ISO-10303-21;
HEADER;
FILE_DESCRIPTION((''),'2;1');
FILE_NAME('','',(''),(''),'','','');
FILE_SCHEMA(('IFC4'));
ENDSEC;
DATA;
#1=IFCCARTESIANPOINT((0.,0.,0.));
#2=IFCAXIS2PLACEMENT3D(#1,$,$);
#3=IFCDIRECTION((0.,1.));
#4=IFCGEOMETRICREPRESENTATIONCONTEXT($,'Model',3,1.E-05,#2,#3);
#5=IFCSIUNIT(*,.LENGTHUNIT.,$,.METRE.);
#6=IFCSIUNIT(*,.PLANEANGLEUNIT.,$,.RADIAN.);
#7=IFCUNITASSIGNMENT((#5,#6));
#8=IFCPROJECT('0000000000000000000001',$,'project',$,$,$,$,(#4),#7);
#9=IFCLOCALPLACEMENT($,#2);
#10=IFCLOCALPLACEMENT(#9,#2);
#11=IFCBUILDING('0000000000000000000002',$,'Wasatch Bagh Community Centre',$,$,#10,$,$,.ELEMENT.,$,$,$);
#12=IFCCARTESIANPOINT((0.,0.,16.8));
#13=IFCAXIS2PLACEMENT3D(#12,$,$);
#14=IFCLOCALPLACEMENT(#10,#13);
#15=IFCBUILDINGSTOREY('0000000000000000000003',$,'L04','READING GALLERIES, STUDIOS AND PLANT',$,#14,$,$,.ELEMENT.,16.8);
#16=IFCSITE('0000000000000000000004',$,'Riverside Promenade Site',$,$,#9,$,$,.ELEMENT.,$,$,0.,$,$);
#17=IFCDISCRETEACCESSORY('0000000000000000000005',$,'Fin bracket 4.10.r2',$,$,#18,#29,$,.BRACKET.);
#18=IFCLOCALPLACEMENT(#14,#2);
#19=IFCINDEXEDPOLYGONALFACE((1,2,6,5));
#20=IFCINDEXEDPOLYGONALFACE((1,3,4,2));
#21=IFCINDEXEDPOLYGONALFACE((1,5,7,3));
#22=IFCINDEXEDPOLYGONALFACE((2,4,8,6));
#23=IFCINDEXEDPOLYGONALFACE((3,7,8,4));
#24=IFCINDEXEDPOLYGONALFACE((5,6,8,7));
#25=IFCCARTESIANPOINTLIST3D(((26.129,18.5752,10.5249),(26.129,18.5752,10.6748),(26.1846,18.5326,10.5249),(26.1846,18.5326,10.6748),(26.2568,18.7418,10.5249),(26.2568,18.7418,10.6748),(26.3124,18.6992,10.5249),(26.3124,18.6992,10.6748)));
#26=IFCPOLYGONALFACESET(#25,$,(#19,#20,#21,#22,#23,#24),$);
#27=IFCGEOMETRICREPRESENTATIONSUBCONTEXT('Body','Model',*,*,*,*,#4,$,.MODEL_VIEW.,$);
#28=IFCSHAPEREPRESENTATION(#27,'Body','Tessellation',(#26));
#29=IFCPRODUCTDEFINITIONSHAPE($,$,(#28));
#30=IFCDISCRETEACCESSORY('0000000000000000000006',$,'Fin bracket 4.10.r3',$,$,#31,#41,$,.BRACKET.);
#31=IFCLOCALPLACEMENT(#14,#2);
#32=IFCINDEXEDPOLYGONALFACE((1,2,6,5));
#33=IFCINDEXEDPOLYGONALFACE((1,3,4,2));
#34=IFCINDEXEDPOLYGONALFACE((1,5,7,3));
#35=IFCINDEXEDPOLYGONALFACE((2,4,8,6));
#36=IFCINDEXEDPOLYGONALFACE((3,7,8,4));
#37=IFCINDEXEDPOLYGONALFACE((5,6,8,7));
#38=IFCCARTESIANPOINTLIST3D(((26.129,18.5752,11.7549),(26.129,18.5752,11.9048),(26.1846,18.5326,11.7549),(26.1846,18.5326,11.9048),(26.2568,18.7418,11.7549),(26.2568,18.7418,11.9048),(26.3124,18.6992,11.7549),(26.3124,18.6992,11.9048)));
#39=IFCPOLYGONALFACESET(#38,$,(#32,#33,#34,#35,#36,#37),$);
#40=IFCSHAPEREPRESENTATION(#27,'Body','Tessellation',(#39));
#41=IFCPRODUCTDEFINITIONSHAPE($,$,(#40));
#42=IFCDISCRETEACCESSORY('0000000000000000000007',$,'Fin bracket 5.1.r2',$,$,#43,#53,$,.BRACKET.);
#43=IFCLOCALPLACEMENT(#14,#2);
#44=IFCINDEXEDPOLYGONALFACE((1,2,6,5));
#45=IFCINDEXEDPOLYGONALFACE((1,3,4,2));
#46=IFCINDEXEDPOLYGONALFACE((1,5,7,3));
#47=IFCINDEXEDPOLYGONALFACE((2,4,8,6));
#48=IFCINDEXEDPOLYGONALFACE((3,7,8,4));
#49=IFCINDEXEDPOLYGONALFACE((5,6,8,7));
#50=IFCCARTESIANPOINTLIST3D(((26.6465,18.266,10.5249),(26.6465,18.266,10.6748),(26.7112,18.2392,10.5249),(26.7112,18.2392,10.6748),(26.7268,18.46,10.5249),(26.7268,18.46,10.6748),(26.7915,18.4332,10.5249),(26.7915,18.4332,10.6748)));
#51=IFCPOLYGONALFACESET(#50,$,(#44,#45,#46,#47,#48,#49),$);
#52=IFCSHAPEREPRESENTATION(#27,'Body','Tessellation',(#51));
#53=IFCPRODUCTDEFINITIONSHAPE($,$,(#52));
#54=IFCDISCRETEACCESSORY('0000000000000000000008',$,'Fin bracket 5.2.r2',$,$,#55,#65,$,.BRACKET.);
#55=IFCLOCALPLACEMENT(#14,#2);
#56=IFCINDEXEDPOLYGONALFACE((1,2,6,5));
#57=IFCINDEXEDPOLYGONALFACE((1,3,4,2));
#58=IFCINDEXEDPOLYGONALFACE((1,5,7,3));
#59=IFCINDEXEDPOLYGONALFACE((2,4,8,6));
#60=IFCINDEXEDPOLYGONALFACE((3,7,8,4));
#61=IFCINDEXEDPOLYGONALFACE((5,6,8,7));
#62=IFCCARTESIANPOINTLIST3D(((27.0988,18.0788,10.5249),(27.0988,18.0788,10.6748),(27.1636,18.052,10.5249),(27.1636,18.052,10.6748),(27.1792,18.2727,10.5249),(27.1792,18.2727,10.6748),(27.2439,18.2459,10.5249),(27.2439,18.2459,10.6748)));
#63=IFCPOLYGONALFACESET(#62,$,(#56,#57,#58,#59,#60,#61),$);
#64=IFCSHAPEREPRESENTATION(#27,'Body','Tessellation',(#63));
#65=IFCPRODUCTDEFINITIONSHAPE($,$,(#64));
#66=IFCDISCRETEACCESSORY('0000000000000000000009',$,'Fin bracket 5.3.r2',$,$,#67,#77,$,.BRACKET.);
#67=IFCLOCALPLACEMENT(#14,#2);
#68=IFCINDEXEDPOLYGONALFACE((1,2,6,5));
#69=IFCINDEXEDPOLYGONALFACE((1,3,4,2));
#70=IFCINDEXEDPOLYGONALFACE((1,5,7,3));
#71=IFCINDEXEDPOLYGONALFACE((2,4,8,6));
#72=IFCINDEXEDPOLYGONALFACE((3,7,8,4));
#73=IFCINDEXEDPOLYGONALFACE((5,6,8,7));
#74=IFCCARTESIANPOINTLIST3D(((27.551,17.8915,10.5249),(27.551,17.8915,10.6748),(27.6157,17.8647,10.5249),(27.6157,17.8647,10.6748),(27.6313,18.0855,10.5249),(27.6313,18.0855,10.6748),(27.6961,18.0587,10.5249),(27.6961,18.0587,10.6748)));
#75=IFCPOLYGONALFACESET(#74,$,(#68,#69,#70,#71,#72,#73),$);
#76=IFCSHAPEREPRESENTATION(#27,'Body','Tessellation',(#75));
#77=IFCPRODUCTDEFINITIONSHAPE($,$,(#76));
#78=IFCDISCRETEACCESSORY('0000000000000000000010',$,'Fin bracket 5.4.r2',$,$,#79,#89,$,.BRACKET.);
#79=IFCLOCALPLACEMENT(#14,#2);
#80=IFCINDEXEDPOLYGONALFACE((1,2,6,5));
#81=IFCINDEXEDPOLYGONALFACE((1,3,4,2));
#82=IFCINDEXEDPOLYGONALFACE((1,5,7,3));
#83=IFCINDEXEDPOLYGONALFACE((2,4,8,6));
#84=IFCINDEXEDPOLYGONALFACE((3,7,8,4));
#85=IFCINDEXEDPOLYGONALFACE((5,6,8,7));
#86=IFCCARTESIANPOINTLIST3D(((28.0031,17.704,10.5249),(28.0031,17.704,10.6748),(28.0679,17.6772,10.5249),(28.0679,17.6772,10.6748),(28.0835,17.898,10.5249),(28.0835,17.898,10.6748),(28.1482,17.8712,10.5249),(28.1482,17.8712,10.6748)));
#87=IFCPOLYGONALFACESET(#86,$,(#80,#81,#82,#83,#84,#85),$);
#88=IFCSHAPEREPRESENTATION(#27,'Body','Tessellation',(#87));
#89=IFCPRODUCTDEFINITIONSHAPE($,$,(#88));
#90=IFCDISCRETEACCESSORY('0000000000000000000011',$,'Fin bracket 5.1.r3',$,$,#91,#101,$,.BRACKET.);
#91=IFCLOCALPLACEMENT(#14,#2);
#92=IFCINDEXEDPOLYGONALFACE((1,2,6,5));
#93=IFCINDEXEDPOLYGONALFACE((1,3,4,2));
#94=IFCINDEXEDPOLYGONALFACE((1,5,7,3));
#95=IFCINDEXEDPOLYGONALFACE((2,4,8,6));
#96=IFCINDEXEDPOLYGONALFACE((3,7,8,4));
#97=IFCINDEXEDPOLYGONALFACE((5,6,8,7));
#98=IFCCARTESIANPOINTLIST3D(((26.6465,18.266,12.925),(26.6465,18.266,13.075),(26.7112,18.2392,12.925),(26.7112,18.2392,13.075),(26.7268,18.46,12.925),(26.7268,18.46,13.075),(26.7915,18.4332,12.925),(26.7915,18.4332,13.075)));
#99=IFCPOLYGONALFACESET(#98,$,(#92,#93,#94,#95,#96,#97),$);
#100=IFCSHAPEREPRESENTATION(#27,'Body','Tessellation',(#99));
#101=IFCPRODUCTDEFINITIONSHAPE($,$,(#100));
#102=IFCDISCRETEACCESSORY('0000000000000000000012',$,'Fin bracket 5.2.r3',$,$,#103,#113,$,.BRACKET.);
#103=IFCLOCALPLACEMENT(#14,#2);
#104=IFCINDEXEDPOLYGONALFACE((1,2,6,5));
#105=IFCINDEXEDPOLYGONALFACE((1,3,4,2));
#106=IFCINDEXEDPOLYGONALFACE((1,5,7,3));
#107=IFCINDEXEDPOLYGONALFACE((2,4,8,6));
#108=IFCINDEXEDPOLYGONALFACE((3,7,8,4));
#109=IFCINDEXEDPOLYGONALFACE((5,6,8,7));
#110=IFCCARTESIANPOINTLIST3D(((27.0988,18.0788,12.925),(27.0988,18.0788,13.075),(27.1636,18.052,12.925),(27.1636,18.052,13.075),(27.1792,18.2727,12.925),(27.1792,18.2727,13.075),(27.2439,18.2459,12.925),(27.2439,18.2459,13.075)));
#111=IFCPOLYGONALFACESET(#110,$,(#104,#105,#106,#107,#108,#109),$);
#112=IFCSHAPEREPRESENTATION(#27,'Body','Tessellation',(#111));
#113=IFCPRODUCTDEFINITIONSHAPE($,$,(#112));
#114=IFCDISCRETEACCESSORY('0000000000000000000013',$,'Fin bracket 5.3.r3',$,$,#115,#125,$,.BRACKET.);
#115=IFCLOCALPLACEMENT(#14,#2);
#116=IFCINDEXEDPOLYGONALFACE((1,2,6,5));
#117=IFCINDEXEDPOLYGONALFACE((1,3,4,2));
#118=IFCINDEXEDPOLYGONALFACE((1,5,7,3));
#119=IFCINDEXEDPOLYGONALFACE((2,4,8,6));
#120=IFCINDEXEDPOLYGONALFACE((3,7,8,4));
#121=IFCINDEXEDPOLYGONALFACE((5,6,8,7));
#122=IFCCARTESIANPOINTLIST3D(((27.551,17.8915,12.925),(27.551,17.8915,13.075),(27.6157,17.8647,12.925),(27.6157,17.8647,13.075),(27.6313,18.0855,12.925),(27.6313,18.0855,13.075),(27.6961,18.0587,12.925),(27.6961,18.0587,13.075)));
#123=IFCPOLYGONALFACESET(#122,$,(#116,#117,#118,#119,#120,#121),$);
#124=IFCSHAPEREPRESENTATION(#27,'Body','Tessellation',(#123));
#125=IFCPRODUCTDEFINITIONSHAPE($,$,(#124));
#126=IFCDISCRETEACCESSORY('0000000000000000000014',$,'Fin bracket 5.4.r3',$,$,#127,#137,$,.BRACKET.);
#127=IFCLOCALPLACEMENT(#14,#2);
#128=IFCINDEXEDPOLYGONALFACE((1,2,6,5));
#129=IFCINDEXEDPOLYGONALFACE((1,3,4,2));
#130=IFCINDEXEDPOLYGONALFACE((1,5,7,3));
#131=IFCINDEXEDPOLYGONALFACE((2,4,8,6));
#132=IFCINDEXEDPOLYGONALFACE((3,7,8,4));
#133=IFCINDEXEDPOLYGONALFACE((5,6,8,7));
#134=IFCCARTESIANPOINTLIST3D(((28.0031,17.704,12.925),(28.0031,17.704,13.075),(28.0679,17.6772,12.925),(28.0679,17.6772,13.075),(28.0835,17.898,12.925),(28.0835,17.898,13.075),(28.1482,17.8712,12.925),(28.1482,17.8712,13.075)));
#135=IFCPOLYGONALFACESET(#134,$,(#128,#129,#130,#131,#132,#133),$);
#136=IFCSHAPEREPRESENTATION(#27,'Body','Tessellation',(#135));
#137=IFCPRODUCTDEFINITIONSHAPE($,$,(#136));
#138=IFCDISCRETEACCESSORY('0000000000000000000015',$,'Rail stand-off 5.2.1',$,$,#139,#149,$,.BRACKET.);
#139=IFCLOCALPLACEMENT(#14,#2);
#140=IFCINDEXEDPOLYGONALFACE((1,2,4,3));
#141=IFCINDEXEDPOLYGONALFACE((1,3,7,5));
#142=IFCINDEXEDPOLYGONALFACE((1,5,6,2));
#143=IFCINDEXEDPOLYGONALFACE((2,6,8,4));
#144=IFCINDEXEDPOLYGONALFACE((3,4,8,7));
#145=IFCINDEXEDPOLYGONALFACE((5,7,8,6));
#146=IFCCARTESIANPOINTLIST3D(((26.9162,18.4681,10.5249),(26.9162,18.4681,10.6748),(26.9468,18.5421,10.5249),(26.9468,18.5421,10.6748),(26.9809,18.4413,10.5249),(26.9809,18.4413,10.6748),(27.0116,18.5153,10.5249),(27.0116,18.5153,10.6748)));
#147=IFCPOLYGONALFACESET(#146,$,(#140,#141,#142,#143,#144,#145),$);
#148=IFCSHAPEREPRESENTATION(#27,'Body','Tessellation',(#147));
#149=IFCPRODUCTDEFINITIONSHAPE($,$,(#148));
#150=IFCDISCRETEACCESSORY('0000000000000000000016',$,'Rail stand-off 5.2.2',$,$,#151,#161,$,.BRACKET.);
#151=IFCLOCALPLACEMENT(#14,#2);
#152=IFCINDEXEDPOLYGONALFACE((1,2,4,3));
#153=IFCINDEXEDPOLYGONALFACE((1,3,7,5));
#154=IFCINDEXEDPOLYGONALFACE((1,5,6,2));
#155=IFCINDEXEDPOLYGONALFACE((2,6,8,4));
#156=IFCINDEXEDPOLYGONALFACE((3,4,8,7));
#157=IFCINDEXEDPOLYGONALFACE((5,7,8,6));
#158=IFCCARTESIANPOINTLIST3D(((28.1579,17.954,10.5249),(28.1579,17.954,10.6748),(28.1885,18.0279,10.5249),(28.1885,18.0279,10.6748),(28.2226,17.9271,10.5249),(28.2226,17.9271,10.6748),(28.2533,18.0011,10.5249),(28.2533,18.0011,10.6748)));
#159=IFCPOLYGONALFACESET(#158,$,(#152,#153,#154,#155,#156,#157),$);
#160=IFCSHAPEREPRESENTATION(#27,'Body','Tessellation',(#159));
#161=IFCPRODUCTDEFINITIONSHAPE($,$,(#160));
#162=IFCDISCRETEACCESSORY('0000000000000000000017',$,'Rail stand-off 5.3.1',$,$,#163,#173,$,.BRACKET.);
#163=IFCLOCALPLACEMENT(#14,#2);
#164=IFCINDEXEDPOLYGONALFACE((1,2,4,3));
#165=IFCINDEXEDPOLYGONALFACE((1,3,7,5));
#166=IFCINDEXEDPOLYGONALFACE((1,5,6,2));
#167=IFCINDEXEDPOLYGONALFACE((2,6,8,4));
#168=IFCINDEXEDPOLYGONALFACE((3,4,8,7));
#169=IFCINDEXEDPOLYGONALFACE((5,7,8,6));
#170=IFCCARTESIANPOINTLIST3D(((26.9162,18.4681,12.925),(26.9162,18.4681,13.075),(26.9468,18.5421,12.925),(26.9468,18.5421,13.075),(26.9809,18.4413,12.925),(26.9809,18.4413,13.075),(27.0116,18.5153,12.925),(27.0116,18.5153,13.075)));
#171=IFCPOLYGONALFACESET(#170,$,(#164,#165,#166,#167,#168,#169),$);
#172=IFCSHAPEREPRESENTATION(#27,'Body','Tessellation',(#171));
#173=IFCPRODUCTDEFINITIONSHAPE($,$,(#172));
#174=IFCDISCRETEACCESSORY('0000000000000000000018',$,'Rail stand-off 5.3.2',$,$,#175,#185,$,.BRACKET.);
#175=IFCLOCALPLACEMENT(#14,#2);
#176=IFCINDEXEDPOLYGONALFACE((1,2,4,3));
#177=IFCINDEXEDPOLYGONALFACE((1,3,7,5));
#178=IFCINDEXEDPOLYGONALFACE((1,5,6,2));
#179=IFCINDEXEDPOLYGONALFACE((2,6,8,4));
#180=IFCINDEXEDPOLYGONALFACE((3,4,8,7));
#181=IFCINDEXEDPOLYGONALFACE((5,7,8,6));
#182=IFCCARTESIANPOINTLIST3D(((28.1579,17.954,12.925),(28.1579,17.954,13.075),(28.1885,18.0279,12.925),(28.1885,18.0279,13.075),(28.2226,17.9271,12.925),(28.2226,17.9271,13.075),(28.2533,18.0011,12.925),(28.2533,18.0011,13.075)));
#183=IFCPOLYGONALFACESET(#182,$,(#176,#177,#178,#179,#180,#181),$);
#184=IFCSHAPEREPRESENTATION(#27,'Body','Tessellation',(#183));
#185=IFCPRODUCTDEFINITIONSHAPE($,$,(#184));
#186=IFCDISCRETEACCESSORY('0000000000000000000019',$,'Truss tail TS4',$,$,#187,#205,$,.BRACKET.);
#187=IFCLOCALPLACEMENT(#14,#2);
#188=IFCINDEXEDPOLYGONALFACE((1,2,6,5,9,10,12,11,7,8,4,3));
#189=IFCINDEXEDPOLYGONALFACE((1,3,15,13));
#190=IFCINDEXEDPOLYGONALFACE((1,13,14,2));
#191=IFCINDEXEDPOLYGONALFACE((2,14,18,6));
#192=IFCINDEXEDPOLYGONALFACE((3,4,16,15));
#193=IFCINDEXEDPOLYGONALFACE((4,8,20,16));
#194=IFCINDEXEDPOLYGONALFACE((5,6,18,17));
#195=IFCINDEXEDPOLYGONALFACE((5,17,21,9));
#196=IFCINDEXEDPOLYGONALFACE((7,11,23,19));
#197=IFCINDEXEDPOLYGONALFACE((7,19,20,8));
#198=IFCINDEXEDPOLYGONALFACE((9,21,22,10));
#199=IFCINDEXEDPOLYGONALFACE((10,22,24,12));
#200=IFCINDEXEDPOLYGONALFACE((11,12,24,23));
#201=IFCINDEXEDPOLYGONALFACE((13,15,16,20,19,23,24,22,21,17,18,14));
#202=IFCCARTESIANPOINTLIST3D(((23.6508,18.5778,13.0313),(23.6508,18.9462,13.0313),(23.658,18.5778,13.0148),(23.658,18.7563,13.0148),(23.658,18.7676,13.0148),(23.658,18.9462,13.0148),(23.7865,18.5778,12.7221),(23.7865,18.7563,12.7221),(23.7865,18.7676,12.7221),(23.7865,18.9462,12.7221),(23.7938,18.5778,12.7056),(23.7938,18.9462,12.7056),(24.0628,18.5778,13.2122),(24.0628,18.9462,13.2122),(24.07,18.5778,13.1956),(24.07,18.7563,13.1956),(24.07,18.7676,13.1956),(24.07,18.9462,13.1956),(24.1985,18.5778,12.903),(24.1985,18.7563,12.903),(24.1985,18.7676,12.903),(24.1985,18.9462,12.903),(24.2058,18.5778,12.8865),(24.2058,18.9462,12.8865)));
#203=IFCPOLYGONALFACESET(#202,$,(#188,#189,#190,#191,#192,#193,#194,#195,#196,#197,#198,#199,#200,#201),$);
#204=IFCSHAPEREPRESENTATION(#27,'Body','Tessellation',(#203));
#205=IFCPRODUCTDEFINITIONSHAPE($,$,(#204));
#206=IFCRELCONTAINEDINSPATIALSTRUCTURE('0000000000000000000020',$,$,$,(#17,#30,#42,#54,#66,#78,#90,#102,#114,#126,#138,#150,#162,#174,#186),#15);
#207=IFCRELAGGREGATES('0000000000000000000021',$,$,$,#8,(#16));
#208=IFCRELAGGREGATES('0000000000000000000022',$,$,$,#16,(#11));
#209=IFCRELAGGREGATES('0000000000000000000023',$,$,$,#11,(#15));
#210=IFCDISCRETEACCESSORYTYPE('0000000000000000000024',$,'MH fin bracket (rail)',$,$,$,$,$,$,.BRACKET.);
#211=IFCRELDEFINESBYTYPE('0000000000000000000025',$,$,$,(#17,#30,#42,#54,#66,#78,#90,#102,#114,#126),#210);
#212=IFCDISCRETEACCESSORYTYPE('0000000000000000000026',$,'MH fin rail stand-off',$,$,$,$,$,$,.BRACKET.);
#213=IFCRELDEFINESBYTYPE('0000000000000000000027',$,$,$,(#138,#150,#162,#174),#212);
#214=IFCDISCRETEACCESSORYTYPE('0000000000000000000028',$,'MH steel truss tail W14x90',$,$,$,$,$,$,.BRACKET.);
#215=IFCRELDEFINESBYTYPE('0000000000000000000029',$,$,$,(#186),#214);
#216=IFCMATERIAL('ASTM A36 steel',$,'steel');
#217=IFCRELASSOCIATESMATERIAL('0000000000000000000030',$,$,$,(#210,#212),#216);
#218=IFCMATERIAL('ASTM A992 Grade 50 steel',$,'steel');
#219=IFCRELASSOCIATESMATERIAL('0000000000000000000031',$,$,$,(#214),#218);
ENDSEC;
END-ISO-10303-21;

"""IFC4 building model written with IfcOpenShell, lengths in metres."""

from ifc_helpers import new_model, si_unit, direction, frame, origin, origin_2d, place, context, subcontext, project, spatial, rectangle, i_section, extrude, material, material_profile, profile_set, type_object, element, save


model = new_model("IFC4")

# Units and contexts
model_context = context("Model", 3, precision=1e-05, world=origin(), true_north=direction((0.0, 1.0)))
body_context = subcontext(model_context, "Body", "Model", "MODEL_VIEW")
ifc_project = project(units=[si_unit("LENGTHUNIT", "METRE"), si_unit("PLANEANGLEUNIT", "RADIAN")], contexts=[model_context])

# Site, building, storey
site_placement = place(None, origin())
site = spatial("IfcSite", under=ifc_project, at=site_placement, Name="Riverside Promenade Site", CompositionType="ELEMENT", RefElevation=0.0)
building_placement = place(site_placement, origin())
building = spatial("IfcBuilding", under=site, at=building_placement, Name="Wasatch Bagh Community Centre", CompositionType="ELEMENT")
storey_placement = place(building_placement, frame((0.0, 0.0, 16.8)))
storey = spatial("IfcBuildingStorey", under=building, at=storey_placement, Name="L04", Description="READING GALLERIES, STUDIOS AND PLANT", CompositionType="ELEMENT", Elevation=16.8)

# Shared definitions
ifc_material_1 = material(Name="ASTM A992 Grade 50 steel", Category="steel")

# Discrete accessories
ifc_material_2 = material(Name="ASTM A36 steel", Category="steel")
discrete_accessory_type_1 = type_object("IfcDiscreteAccessoryType", Name="MH fin bracket (rail)", PredefinedType="BRACKET", material=ifc_material_2)
for number, where, z_axis, x_axis, name in (
    (1, (26.2207, 18.6372, 10.5249), (0.0, 0.0, 1.0), (0.793353, -0.608761, 0.0), "Fin bracket 4.10.r2"),
    (2, (26.2207, 18.6372, 11.7549), (0.0, 0.0, 1.0), (0.793353, -0.608761, 0.0), "Fin bracket 4.10.r3"),
    (3, (26.719, 18.3496, 10.5249), (0.0, 0.0, 1.0), (0.92388, -0.382683, 0.0), "Fin bracket 5.1.r2"),
    (4, (27.1714, 18.1624, 10.5249), (0.0, 0.0, 1.0), (0.92388, -0.382683, 0.0), "Fin bracket 5.2.r2"),
    (5, (27.6235, 17.9751, 10.5249), (0.0, 0.0, 1.0), (0.92388, -0.382683, 0.0), "Fin bracket 5.3.r2"),
    (6, (28.0757, 17.7876, 10.5249), (0.0, 0.0, 1.0), (0.92388, -0.382683, 0.0), "Fin bracket 5.4.r2"),
    (7, (26.719, 18.3496, 12.925), (0.0, 0.0, 1.0), (0.92388, -0.382683, 0.0), "Fin bracket 5.1.r3"),
    (8, (27.1714, 18.1624, 12.925), (0.0, 0.0, 1.0), (0.92388, -0.382683, 0.0), "Fin bracket 5.2.r3"),
    (9, (27.6235, 17.9751, 12.925), (0.0, 0.0, 1.0), (0.92388, -0.382683, 0.0), "Fin bracket 5.3.r3"),
    (10, (28.0757, 17.7876, 12.925), (0.0, 0.0, 1.0), (0.92388, -0.382683, 0.0), "Fin bracket 5.4.r3"),
):
    element("IfcDiscreteAccessory", number, at=place(storey_placement, frame(where, z_axis=z_axis, x_axis=x_axis)), inside=storey, type_object=discrete_accessory_type_1, Name=name, PredefinedType="BRACKET", context=body_context, shape_type="SweptSolid", body=[
        extrude(rectangle(XDim=0.0701, YDim=0.21, at=origin_2d()), origin(), (0.0, 0.0, 1.0), 0.1499),
    ])
discrete_accessory_type_2 = type_object("IfcDiscreteAccessoryType", Name="MH fin rail stand-off", PredefinedType="BRACKET", material=ifc_material_2)
for number, where, z_axis, x_axis, name in (
    (11, (26.9639, 18.4917, 10.5249), (0.0, 0.0, 1.0), (0.92388, -0.382683, 0.0), "Rail stand-off 5.2.1"),
    (12, (28.2056, 17.9775, 10.5249), (0.0, 0.0, 1.0), (0.92388, -0.382683, 0.0), "Rail stand-off 5.2.2"),
    (13, (26.9639, 18.4917, 12.925), (0.0, 0.0, 1.0), (0.92388, -0.382683, 0.0), "Rail stand-off 5.3.1"),
    (14, (28.2056, 17.9775, 12.925), (0.0, 0.0, 1.0), (0.92388, -0.382683, 0.0), "Rail stand-off 5.3.2"),
):
    element("IfcDiscreteAccessory", number, at=place(storey_placement, frame(where, z_axis=z_axis, x_axis=x_axis)), inside=storey, type_object=discrete_accessory_type_2, Name=name, PredefinedType="BRACKET", context=body_context, shape_type="SweptSolid", body=[
        extrude(rectangle(XDim=0.0701, YDim=0.0801, at=origin_2d()), origin(), (0.0, 0.0, 1.0), 0.1499),
    ])
ifc_material_profile_1 = material_profile(ifc_material_1, i_section(OverallWidth=0.3684, OverallDepth=0.3557, WebThickness=0.0112, FlangeThickness=0.0181, at=origin_2d()), Name="W14x90")
ifc_profile_set_1 = profile_set([ifc_material_profile_1], Name="ASTM A992 Grade 50 steel")
discrete_accessory_type_3 = type_object("IfcDiscreteAccessoryType", Name="MH steel truss tail W14x90", PredefinedType="BRACKET", material=ifc_profile_set_1)
discrete_accessory_placement = place(storey_placement, frame((24.1343, 18.762, 13.0493), z_axis=(-0.915659, 0.0, -0.401957), x_axis=(0.0, -1.0, 0.0)))
element("IfcDiscreteAccessory", 15, at=discrete_accessory_placement, inside=storey, type_object=discrete_accessory_type_3, Name="Truss tail TS4", PredefinedType="BRACKET", context=body_context, shape_type="SweptSolid", body=[
    extrude(i_section(OverallWidth=0.3684, OverallDepth=0.3557, WebThickness=0.0112, FlangeThickness=0.0181, at=origin_2d()), origin(), (0.0, 0.0, 1.0), 0.45),
])

save(model, "model.ifc")
